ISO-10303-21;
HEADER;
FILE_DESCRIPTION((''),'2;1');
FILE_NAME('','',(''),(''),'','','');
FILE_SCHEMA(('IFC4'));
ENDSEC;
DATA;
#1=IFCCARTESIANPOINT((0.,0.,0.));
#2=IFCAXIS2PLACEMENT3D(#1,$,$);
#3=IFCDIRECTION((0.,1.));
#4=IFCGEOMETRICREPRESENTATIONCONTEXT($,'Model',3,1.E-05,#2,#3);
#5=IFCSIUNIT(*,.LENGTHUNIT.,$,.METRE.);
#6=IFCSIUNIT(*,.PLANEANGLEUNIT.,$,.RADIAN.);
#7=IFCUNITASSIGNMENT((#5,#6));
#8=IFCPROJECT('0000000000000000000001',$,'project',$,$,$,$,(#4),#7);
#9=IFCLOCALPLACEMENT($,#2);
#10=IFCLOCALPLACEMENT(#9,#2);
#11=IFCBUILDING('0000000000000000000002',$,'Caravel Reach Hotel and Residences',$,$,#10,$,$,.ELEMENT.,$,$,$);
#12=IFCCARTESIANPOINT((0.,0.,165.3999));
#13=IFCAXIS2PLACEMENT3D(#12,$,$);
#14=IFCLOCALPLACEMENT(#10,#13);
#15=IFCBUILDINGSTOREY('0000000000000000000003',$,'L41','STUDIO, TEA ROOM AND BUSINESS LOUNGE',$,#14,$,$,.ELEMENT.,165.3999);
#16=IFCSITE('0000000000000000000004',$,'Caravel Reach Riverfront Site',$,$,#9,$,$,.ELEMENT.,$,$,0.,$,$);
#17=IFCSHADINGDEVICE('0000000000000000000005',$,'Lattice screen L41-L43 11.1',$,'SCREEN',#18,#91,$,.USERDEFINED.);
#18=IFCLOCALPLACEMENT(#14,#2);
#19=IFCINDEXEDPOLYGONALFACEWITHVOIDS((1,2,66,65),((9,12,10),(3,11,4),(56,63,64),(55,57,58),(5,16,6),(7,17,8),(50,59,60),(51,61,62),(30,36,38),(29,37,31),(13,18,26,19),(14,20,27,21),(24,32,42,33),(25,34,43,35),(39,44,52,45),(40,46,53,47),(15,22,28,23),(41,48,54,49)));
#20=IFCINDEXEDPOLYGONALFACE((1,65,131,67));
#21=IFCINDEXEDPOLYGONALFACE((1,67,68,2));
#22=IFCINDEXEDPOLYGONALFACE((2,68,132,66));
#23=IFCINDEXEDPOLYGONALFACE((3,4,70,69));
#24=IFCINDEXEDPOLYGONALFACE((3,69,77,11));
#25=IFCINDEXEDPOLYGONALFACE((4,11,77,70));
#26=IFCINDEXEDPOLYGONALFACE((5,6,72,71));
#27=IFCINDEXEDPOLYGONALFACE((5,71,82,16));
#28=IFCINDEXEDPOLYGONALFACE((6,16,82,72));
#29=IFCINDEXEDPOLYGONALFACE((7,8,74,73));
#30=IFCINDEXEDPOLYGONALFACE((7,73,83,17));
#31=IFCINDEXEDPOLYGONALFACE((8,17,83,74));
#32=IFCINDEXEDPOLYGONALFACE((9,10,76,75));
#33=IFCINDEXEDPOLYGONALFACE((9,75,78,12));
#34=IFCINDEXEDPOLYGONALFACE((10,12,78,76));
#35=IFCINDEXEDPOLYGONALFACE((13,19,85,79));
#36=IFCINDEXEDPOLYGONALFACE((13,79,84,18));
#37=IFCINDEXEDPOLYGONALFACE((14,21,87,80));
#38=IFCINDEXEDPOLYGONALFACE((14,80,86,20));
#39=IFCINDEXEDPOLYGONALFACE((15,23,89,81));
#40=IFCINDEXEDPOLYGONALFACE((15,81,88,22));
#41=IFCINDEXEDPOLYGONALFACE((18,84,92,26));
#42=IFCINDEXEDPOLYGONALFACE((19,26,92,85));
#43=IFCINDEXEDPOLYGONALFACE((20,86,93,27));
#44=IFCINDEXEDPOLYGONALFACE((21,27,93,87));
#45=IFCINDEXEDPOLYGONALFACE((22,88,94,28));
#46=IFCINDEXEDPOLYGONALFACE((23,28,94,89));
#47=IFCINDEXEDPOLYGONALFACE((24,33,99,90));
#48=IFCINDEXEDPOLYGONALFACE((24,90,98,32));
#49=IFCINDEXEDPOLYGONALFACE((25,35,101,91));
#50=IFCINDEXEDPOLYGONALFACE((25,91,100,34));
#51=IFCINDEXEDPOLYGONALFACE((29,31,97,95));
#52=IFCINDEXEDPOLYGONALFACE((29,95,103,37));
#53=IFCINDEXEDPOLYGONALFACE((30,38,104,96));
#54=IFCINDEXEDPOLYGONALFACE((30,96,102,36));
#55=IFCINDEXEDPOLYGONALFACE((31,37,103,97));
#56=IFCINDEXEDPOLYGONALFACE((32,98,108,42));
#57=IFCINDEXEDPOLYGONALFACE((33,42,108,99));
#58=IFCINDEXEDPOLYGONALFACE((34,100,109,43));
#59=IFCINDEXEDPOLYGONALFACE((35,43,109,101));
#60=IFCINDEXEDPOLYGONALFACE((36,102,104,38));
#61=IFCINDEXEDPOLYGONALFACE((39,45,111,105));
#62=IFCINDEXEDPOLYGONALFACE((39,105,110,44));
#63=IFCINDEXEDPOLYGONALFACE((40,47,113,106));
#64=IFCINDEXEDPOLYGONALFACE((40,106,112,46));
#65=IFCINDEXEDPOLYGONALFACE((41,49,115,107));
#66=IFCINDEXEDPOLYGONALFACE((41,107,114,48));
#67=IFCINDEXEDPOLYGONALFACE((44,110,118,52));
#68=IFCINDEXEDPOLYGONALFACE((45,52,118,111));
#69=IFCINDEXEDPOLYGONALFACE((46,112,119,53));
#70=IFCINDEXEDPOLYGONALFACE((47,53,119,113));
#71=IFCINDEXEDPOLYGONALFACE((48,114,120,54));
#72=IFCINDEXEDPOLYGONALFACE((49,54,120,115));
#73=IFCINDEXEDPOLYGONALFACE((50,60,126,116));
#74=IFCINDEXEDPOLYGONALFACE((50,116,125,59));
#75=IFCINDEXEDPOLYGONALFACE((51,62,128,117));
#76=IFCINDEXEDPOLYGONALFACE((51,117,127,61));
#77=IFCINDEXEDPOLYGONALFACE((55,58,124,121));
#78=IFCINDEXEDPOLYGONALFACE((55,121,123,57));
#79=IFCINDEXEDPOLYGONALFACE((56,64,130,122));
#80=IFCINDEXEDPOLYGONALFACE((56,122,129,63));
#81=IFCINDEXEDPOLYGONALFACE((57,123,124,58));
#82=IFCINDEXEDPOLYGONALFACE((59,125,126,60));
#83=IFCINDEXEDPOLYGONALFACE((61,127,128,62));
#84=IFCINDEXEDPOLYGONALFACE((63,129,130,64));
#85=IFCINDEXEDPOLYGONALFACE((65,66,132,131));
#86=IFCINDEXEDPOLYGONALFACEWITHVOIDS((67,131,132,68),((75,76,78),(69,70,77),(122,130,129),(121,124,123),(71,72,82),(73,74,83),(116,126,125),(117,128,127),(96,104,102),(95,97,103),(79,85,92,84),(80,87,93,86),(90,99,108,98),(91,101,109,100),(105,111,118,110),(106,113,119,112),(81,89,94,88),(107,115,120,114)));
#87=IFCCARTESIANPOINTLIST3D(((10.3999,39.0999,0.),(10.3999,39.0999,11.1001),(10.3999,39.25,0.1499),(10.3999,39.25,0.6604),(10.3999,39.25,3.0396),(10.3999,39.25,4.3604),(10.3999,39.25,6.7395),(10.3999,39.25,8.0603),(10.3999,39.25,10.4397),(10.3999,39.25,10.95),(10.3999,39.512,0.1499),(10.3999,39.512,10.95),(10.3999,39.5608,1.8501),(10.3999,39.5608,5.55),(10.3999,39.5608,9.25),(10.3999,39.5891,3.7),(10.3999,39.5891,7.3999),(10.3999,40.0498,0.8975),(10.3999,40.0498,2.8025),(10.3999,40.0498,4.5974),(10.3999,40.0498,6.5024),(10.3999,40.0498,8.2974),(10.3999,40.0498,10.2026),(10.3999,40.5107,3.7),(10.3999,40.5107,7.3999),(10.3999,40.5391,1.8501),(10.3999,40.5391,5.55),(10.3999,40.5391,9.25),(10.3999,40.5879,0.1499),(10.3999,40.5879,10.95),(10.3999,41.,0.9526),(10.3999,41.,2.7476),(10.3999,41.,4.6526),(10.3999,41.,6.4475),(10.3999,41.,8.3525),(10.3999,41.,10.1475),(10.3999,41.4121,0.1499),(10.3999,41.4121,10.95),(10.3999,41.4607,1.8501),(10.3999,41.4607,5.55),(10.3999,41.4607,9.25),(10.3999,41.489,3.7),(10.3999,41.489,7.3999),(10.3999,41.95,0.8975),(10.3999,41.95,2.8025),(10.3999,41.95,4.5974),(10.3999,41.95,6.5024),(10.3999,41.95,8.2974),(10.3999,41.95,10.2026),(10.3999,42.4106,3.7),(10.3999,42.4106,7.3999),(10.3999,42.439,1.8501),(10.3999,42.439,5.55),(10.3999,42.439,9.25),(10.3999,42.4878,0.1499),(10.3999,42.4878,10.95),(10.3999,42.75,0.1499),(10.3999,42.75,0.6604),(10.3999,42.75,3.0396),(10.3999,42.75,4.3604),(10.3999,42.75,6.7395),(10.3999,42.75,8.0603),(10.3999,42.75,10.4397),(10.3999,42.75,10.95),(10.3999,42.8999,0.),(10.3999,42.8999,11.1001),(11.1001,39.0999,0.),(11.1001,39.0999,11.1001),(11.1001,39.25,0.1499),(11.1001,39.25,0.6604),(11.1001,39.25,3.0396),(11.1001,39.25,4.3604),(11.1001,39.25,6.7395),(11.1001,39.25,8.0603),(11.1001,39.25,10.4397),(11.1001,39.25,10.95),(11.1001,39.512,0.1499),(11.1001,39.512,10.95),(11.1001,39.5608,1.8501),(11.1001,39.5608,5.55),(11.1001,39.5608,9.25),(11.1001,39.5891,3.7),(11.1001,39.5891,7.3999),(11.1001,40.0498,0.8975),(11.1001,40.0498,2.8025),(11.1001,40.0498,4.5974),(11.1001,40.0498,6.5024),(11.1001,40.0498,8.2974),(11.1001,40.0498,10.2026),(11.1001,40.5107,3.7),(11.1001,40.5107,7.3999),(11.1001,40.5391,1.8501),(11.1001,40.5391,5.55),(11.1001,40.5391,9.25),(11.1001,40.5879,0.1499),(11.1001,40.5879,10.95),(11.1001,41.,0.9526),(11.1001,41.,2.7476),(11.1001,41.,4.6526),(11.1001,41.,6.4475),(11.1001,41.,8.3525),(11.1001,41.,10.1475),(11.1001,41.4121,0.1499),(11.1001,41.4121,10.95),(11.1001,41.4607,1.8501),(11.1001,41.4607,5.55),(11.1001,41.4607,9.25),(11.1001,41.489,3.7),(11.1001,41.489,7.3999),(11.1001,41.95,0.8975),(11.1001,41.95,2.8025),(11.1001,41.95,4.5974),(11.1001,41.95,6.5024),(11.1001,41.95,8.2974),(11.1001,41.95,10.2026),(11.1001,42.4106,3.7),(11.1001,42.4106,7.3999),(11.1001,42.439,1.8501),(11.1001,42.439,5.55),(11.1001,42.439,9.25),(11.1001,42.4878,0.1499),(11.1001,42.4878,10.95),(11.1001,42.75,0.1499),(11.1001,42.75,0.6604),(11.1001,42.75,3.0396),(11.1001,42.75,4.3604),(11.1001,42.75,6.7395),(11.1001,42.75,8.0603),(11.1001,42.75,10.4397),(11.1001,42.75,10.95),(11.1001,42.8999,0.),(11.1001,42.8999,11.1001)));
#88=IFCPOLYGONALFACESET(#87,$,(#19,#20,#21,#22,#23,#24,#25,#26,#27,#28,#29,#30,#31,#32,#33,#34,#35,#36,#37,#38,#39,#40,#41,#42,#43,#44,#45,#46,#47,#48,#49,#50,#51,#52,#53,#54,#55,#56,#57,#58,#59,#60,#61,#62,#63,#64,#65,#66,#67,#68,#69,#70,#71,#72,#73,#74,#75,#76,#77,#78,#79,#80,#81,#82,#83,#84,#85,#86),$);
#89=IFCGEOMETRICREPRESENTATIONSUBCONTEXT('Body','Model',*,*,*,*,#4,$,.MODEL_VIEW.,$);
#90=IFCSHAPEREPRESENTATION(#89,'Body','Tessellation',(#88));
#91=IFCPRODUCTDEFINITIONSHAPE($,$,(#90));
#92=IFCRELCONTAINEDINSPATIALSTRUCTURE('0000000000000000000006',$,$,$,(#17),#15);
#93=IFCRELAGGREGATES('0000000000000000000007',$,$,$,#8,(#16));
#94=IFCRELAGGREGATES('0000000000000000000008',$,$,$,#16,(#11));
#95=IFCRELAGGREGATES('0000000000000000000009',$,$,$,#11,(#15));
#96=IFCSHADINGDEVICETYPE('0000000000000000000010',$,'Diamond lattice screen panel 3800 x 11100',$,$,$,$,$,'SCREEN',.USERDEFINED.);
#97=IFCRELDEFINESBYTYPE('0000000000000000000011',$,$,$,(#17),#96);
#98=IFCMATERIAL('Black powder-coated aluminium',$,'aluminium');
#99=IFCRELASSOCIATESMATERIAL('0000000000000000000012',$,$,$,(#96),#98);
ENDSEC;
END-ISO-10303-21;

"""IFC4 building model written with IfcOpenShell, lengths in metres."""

from ifc_helpers import new_model, si_unit, direction, frame, origin, place, context, subcontext, project, spatial, polyline, outline, extrude, material, type_object, element, save


model = new_model("IFC4")

# Units and contexts
model_context = context("Model", 3, precision=1e-05, world=origin(), true_north=direction((0.0, 1.0)))
body_context = subcontext(model_context, "Body", "Model", "MODEL_VIEW")
ifc_project = project(units=[si_unit("LENGTHUNIT", "METRE"), si_unit("PLANEANGLEUNIT", "RADIAN")], contexts=[model_context])

# Site, building, storey
site_placement = place(None, origin())
site = spatial("IfcSite", under=ifc_project, at=site_placement, Name="Caravel Reach Riverfront Site", CompositionType="ELEMENT", RefElevation=0.0)
building_placement = place(site_placement, origin())
building = spatial("IfcBuilding", under=site, at=building_placement, Name="Caravel Reach Hotel and Residences", CompositionType="ELEMENT")
storey_placement = place(building_placement, frame((0.0, 0.0, 165.3999)))
storey = spatial("IfcBuildingStorey", under=building, at=storey_placement, Name="L41", Description="STUDIO, TEA ROOM AND BUSINESS LOUNGE", CompositionType="ELEMENT", Elevation=165.3999)

# Shading device
ifc_material_1 = material(Name="Black powder-coated aluminium", Category="aluminium")
shading_device_type_1 = type_object("IfcShadingDeviceType", Name="Diamond lattice screen panel 3800 x 11100", ElementType="SCREEN", PredefinedType="USERDEFINED", material=ifc_material_1)
shading_device_1_placement = place(storey_placement, frame((11.1001, 42.8999, 0.0), z_axis=(-1.0, 0.0, 0.0), x_axis=(0.0, -1.0, 0.0)))
element("IfcShadingDevice", 1, at=shading_device_1_placement, inside=storey, type_object=shading_device_type_1, Name="Lattice screen L41-L43 11.1", ObjectType="SCREEN", PredefinedType="USERDEFINED", context=body_context, shape_type="SweptSolid", body=[
    extrude(outline(polyline([(0.0, 0.0), (3.8, 0.0), (3.8, 11.1001), (0.0, 11.1001), (0.0, 0.0)]), holes=[polyline([(0.4121, 0.1499), (0.1499, 0.6604), (0.1499, 0.1499), (0.4121, 0.1499)]), polyline([(0.4893, 3.7), (0.1499, 4.3604), (0.1499, 3.0396), (0.4893, 3.7)]), polyline([(0.4893, 7.3999), (0.1499, 8.0603), (0.1499, 6.7395), (0.4893, 7.3999)]), polyline([(0.1499, 10.4397), (0.4121, 10.95), (0.1499, 10.95), (0.1499, 10.4397)]), polyline([(0.95, 2.8025), (0.4609, 1.8501), (0.95, 0.8975), (1.4392, 1.8501), (0.95, 2.8025)]), polyline([(0.95, 6.5024), (0.4609, 5.55), (0.95, 4.5974), (1.4392, 5.55), (0.95, 6.5024)]), polyline([(0.95, 10.2026), (0.4609, 9.25), (0.95, 8.2974), (1.4392, 9.25), (0.95, 10.2026)]), polyline([(1.8999, 0.9526), (1.4878, 0.1499), (2.312, 0.1499), (1.8999, 0.9526)]), polyline([(1.8999, 4.6526), (1.4109, 3.7), (1.8999, 2.7476), (2.3892, 3.7), (1.8999, 4.6526)]), polyline([(1.8999, 8.3525), (1.4109, 7.3999), (1.8999, 6.4475), (2.3892, 7.3999), (1.8999, 8.3525)]), polyline([(1.8999, 10.1475), (2.312, 10.95), (1.4878, 10.95), (1.8999, 10.1475)]), polyline([(2.8501, 2.8025), (2.3608, 1.8501), (2.8501, 0.8975), (3.3391, 1.8501), (2.8501, 2.8025)]), polyline([(2.8501, 6.5024), (2.3608, 5.55), (2.8501, 4.5974), (3.3391, 5.55), (2.8501, 6.5024)]), polyline([(2.8501, 10.2026), (2.3608, 9.25), (2.8501, 8.2974), (3.3391, 9.25), (2.8501, 10.2026)]), polyline([(3.6499, 0.6604), (3.3879, 0.1499), (3.6499, 0.1499), (3.6499, 0.6604)]), polyline([(3.3108, 3.7), (3.6499, 3.0396), (3.6499, 4.3604), (3.3108, 3.7)]), polyline([(3.3108, 7.3999), (3.6499, 6.7395), (3.6499, 8.0603), (3.3108, 7.3999)]), polyline([(3.3879, 10.95), (3.6499, 10.4397), (3.6499, 10.95), (3.3879, 10.95)])]), origin(), (0.0, 0.0, 1.0), 0.7002),
])

save(model, "model.ifc")
